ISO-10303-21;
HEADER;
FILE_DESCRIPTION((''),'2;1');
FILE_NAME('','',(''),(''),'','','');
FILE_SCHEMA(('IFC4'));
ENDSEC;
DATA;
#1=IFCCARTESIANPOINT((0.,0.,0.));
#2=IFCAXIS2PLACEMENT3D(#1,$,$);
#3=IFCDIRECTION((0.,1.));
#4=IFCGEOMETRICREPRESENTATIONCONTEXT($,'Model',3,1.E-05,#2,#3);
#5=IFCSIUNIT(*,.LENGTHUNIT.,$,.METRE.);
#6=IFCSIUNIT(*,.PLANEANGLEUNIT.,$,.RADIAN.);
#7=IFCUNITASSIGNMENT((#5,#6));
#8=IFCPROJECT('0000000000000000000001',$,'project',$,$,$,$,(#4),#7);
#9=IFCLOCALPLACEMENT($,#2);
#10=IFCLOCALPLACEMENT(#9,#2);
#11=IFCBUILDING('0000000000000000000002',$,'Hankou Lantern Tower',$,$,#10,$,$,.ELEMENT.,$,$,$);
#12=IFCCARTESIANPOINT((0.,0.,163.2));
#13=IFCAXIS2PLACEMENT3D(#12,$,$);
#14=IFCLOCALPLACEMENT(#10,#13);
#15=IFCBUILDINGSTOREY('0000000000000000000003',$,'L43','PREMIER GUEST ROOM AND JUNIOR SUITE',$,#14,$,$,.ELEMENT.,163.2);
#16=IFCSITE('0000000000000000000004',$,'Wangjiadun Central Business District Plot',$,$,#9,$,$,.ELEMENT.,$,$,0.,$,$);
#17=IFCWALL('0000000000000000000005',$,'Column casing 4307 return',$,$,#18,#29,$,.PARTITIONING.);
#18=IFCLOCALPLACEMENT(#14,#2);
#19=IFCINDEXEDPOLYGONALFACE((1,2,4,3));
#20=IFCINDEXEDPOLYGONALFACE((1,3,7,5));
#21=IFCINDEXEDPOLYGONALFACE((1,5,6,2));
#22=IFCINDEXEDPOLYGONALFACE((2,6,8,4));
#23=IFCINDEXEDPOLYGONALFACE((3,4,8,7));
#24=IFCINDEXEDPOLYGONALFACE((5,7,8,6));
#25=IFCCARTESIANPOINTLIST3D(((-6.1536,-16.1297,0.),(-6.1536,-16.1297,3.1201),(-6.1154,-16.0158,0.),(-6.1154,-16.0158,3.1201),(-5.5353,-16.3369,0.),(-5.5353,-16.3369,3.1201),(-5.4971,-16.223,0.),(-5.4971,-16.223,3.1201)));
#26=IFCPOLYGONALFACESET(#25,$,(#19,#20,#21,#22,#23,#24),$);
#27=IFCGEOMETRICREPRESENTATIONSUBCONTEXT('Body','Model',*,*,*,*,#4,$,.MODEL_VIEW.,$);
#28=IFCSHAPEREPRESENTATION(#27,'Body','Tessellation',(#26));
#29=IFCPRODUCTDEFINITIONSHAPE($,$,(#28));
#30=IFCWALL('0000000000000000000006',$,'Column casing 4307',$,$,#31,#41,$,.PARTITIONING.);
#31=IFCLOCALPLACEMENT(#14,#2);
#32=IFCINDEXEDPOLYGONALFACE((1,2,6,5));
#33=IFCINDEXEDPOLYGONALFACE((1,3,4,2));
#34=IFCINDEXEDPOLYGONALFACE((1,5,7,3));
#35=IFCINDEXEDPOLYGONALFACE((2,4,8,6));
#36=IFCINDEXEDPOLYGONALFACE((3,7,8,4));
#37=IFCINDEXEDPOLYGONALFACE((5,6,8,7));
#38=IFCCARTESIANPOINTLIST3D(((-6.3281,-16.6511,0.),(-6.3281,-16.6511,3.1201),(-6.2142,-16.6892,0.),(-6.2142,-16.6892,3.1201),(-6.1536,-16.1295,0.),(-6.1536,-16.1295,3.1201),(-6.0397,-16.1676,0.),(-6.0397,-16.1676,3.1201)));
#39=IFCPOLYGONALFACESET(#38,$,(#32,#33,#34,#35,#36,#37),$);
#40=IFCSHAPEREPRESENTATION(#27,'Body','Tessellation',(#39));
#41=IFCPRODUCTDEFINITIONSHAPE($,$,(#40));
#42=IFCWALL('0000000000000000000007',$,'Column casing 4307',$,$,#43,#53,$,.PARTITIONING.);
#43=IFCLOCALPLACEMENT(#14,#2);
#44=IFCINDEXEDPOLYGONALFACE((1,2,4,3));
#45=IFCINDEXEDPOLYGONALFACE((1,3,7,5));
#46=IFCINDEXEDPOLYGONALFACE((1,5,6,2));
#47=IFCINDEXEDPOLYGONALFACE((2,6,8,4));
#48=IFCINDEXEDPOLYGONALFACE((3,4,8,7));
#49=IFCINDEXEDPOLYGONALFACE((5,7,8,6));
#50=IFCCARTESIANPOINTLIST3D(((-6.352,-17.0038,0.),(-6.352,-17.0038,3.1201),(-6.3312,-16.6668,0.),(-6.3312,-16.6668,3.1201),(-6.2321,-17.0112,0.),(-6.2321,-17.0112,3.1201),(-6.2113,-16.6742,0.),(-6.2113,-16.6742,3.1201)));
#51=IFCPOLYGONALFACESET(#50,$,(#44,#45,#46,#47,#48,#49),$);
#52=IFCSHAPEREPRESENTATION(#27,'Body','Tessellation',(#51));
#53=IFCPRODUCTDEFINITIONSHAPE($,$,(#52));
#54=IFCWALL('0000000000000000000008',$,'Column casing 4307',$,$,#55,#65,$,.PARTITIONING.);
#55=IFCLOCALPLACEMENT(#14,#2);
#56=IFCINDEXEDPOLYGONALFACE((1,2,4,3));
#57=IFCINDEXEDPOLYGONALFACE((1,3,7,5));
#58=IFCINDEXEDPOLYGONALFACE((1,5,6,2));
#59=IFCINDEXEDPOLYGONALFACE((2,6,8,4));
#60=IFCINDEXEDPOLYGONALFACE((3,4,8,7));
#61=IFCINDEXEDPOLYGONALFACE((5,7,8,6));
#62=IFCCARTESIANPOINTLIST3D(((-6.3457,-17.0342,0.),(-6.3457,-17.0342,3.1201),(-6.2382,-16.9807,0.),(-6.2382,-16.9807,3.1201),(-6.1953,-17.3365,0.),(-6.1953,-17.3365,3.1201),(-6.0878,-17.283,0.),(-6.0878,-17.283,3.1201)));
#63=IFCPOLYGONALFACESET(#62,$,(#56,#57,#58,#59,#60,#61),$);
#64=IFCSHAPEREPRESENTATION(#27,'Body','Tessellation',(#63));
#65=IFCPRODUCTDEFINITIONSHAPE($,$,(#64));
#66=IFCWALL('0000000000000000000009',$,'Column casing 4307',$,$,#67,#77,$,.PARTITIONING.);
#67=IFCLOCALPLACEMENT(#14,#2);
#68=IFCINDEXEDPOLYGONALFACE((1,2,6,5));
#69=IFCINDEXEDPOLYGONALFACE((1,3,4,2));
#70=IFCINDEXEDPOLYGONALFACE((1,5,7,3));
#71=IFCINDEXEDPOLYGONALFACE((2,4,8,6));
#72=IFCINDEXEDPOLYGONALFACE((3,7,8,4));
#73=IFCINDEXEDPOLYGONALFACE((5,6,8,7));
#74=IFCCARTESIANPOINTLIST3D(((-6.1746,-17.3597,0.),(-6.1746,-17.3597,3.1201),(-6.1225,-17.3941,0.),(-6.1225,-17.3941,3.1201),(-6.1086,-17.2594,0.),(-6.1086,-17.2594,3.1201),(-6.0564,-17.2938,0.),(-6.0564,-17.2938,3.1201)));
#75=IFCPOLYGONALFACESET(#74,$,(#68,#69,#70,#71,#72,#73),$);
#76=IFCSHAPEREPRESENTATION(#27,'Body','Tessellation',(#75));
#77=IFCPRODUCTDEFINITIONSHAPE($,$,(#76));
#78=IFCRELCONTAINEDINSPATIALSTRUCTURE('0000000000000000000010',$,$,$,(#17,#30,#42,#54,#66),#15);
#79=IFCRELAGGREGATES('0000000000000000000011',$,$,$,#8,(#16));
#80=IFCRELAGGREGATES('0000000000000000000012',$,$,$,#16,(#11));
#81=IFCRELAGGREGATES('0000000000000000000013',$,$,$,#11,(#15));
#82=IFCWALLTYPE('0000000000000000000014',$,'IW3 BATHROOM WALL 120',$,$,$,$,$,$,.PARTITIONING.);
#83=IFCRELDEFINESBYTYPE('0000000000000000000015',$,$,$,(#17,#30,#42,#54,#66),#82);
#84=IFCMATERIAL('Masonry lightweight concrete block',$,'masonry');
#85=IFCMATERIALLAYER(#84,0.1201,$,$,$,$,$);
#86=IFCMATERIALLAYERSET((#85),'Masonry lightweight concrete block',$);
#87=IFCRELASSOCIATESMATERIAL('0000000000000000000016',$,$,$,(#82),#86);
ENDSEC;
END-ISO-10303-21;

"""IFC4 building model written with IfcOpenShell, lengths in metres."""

from ifc_helpers import new_model, si_unit, direction, frame, frame_2d, origin, place, context, subcontext, project, spatial, rectangle, extrude, material, layer, layer_set, type_object, element, save


model = new_model("IFC4")

# Units and contexts
model_context = context("Model", 3, precision=1e-05, world=origin(), true_north=direction((0.0, 1.0)))
body_context = subcontext(model_context, "Body", "Model", "MODEL_VIEW")
ifc_project = project(units=[si_unit("LENGTHUNIT", "METRE"), si_unit("PLANEANGLEUNIT", "RADIAN")], contexts=[model_context])

# Site, building, storey
site_placement = place(None, origin())
site = spatial("IfcSite", under=ifc_project, at=site_placement, Name="Wangjiadun Central Business District Plot", CompositionType="ELEMENT", RefElevation=0.0)
building_placement = place(site_placement, origin())
building = spatial("IfcBuilding", under=site, at=building_placement, Name="Hankou Lantern Tower", CompositionType="ELEMENT")
storey_placement = place(building_placement, frame((0.0, 0.0, 163.2)))
storey = spatial("IfcBuildingStorey", under=building, at=storey_placement, Name="L43", Description="PREMIER GUEST ROOM AND JUNIOR SUITE", CompositionType="ELEMENT", Elevation=163.2)

# Shared definitions
ifc_material_1 = material(Name="Masonry lightweight concrete block", Category="masonry")
ifc_layer_1 = layer(ifc_material_1, 0.1201)
ifc_layer_set_1 = layer_set([ifc_layer_1], Name="Masonry lightweight concrete block")
wall_type_1 = type_object("IfcWallType", Name="IW3 BATHROOM WALL 120", PredefinedType="PARTITIONING", material=ifc_layer_set_1)

# Walls
wall_1_placement = place(storey_placement, frame((-5.5161, -16.28, 0.0), z_axis=(0.0, 0.0, 1.0), x_axis=(-0.948158, 0.317799, 0.0)))
element("IfcWall", 1, at=wall_1_placement, inside=storey, type_object=wall_type_1, Name="Column casing 4307 return", PredefinedType="PARTITIONING", context=body_context, shape_type="SweptSolid", body=[
    extrude(rectangle(XDim=0.6521, YDim=0.1201, at=frame_2d((0.3262, 0.0))), origin(), (0.0, 0.0, 1.0), 3.1201),
])
wall_2_placement = place(storey_placement, frame((-6.0967, -16.1487, 0.0), z_axis=(0.0, 0.0, 1.0), x_axis=(-0.317293, -0.948328, 0.0)))
element("IfcWall", 2, at=wall_2_placement, inside=storey, type_object=wall_type_1, Name="Column casing 4307", PredefinedType="PARTITIONING", context=body_context, shape_type="SweptSolid", body=[
    extrude(rectangle(XDim=0.55, YDim=0.1201, at=frame_2d((0.2749, 0.0))), origin(), (0.0, 0.0, 1.0), 3.1201),
])
for number, where, z_axis, x_axis, name in (
    (3, (-6.2712, -16.6704, 0.0), (0.0, 0.0, 1.0), (-0.061478, -0.998108, 0.0), "Column casing 4307"),
    (4, (-6.292, -17.0073, 0.0), (0.0, 0.0, 1.0), (0.445477, -0.895293, 0.0), "Column casing 4307"),
):
    element("IfcWall", number, at=place(storey_placement, frame(where, z_axis=z_axis, x_axis=x_axis)), inside=storey, type_object=wall_type_1, Name=name, PredefinedType="PARTITIONING", context=body_context, shape_type="SweptSolid", body=[
        extrude(rectangle(XDim=0.3376, YDim=0.1201, at=frame_2d((0.1689, 0.0))), origin(), (0.0, 0.0, 1.0), 3.1201),
    ])
wall_3_placement = place(storey_placement, frame((-6.1416, -17.3096, 0.0), z_axis=(0.0, 0.0, 1.0), x_axis=(0.83504, -0.55019, 0.0)))
element("IfcWall", 5, at=wall_3_placement, inside=storey, type_object=wall_type_1, Name="Column casing 4307", PredefinedType="PARTITIONING", context=body_context, shape_type="SweptSolid", body=[
    extrude(rectangle(XDim=0.0625, YDim=0.1201, at=frame_2d((0.0312, 0.0))), origin(), (0.0, 0.0, 1.0), 3.1201),
])

save(model, "model.ifc")
